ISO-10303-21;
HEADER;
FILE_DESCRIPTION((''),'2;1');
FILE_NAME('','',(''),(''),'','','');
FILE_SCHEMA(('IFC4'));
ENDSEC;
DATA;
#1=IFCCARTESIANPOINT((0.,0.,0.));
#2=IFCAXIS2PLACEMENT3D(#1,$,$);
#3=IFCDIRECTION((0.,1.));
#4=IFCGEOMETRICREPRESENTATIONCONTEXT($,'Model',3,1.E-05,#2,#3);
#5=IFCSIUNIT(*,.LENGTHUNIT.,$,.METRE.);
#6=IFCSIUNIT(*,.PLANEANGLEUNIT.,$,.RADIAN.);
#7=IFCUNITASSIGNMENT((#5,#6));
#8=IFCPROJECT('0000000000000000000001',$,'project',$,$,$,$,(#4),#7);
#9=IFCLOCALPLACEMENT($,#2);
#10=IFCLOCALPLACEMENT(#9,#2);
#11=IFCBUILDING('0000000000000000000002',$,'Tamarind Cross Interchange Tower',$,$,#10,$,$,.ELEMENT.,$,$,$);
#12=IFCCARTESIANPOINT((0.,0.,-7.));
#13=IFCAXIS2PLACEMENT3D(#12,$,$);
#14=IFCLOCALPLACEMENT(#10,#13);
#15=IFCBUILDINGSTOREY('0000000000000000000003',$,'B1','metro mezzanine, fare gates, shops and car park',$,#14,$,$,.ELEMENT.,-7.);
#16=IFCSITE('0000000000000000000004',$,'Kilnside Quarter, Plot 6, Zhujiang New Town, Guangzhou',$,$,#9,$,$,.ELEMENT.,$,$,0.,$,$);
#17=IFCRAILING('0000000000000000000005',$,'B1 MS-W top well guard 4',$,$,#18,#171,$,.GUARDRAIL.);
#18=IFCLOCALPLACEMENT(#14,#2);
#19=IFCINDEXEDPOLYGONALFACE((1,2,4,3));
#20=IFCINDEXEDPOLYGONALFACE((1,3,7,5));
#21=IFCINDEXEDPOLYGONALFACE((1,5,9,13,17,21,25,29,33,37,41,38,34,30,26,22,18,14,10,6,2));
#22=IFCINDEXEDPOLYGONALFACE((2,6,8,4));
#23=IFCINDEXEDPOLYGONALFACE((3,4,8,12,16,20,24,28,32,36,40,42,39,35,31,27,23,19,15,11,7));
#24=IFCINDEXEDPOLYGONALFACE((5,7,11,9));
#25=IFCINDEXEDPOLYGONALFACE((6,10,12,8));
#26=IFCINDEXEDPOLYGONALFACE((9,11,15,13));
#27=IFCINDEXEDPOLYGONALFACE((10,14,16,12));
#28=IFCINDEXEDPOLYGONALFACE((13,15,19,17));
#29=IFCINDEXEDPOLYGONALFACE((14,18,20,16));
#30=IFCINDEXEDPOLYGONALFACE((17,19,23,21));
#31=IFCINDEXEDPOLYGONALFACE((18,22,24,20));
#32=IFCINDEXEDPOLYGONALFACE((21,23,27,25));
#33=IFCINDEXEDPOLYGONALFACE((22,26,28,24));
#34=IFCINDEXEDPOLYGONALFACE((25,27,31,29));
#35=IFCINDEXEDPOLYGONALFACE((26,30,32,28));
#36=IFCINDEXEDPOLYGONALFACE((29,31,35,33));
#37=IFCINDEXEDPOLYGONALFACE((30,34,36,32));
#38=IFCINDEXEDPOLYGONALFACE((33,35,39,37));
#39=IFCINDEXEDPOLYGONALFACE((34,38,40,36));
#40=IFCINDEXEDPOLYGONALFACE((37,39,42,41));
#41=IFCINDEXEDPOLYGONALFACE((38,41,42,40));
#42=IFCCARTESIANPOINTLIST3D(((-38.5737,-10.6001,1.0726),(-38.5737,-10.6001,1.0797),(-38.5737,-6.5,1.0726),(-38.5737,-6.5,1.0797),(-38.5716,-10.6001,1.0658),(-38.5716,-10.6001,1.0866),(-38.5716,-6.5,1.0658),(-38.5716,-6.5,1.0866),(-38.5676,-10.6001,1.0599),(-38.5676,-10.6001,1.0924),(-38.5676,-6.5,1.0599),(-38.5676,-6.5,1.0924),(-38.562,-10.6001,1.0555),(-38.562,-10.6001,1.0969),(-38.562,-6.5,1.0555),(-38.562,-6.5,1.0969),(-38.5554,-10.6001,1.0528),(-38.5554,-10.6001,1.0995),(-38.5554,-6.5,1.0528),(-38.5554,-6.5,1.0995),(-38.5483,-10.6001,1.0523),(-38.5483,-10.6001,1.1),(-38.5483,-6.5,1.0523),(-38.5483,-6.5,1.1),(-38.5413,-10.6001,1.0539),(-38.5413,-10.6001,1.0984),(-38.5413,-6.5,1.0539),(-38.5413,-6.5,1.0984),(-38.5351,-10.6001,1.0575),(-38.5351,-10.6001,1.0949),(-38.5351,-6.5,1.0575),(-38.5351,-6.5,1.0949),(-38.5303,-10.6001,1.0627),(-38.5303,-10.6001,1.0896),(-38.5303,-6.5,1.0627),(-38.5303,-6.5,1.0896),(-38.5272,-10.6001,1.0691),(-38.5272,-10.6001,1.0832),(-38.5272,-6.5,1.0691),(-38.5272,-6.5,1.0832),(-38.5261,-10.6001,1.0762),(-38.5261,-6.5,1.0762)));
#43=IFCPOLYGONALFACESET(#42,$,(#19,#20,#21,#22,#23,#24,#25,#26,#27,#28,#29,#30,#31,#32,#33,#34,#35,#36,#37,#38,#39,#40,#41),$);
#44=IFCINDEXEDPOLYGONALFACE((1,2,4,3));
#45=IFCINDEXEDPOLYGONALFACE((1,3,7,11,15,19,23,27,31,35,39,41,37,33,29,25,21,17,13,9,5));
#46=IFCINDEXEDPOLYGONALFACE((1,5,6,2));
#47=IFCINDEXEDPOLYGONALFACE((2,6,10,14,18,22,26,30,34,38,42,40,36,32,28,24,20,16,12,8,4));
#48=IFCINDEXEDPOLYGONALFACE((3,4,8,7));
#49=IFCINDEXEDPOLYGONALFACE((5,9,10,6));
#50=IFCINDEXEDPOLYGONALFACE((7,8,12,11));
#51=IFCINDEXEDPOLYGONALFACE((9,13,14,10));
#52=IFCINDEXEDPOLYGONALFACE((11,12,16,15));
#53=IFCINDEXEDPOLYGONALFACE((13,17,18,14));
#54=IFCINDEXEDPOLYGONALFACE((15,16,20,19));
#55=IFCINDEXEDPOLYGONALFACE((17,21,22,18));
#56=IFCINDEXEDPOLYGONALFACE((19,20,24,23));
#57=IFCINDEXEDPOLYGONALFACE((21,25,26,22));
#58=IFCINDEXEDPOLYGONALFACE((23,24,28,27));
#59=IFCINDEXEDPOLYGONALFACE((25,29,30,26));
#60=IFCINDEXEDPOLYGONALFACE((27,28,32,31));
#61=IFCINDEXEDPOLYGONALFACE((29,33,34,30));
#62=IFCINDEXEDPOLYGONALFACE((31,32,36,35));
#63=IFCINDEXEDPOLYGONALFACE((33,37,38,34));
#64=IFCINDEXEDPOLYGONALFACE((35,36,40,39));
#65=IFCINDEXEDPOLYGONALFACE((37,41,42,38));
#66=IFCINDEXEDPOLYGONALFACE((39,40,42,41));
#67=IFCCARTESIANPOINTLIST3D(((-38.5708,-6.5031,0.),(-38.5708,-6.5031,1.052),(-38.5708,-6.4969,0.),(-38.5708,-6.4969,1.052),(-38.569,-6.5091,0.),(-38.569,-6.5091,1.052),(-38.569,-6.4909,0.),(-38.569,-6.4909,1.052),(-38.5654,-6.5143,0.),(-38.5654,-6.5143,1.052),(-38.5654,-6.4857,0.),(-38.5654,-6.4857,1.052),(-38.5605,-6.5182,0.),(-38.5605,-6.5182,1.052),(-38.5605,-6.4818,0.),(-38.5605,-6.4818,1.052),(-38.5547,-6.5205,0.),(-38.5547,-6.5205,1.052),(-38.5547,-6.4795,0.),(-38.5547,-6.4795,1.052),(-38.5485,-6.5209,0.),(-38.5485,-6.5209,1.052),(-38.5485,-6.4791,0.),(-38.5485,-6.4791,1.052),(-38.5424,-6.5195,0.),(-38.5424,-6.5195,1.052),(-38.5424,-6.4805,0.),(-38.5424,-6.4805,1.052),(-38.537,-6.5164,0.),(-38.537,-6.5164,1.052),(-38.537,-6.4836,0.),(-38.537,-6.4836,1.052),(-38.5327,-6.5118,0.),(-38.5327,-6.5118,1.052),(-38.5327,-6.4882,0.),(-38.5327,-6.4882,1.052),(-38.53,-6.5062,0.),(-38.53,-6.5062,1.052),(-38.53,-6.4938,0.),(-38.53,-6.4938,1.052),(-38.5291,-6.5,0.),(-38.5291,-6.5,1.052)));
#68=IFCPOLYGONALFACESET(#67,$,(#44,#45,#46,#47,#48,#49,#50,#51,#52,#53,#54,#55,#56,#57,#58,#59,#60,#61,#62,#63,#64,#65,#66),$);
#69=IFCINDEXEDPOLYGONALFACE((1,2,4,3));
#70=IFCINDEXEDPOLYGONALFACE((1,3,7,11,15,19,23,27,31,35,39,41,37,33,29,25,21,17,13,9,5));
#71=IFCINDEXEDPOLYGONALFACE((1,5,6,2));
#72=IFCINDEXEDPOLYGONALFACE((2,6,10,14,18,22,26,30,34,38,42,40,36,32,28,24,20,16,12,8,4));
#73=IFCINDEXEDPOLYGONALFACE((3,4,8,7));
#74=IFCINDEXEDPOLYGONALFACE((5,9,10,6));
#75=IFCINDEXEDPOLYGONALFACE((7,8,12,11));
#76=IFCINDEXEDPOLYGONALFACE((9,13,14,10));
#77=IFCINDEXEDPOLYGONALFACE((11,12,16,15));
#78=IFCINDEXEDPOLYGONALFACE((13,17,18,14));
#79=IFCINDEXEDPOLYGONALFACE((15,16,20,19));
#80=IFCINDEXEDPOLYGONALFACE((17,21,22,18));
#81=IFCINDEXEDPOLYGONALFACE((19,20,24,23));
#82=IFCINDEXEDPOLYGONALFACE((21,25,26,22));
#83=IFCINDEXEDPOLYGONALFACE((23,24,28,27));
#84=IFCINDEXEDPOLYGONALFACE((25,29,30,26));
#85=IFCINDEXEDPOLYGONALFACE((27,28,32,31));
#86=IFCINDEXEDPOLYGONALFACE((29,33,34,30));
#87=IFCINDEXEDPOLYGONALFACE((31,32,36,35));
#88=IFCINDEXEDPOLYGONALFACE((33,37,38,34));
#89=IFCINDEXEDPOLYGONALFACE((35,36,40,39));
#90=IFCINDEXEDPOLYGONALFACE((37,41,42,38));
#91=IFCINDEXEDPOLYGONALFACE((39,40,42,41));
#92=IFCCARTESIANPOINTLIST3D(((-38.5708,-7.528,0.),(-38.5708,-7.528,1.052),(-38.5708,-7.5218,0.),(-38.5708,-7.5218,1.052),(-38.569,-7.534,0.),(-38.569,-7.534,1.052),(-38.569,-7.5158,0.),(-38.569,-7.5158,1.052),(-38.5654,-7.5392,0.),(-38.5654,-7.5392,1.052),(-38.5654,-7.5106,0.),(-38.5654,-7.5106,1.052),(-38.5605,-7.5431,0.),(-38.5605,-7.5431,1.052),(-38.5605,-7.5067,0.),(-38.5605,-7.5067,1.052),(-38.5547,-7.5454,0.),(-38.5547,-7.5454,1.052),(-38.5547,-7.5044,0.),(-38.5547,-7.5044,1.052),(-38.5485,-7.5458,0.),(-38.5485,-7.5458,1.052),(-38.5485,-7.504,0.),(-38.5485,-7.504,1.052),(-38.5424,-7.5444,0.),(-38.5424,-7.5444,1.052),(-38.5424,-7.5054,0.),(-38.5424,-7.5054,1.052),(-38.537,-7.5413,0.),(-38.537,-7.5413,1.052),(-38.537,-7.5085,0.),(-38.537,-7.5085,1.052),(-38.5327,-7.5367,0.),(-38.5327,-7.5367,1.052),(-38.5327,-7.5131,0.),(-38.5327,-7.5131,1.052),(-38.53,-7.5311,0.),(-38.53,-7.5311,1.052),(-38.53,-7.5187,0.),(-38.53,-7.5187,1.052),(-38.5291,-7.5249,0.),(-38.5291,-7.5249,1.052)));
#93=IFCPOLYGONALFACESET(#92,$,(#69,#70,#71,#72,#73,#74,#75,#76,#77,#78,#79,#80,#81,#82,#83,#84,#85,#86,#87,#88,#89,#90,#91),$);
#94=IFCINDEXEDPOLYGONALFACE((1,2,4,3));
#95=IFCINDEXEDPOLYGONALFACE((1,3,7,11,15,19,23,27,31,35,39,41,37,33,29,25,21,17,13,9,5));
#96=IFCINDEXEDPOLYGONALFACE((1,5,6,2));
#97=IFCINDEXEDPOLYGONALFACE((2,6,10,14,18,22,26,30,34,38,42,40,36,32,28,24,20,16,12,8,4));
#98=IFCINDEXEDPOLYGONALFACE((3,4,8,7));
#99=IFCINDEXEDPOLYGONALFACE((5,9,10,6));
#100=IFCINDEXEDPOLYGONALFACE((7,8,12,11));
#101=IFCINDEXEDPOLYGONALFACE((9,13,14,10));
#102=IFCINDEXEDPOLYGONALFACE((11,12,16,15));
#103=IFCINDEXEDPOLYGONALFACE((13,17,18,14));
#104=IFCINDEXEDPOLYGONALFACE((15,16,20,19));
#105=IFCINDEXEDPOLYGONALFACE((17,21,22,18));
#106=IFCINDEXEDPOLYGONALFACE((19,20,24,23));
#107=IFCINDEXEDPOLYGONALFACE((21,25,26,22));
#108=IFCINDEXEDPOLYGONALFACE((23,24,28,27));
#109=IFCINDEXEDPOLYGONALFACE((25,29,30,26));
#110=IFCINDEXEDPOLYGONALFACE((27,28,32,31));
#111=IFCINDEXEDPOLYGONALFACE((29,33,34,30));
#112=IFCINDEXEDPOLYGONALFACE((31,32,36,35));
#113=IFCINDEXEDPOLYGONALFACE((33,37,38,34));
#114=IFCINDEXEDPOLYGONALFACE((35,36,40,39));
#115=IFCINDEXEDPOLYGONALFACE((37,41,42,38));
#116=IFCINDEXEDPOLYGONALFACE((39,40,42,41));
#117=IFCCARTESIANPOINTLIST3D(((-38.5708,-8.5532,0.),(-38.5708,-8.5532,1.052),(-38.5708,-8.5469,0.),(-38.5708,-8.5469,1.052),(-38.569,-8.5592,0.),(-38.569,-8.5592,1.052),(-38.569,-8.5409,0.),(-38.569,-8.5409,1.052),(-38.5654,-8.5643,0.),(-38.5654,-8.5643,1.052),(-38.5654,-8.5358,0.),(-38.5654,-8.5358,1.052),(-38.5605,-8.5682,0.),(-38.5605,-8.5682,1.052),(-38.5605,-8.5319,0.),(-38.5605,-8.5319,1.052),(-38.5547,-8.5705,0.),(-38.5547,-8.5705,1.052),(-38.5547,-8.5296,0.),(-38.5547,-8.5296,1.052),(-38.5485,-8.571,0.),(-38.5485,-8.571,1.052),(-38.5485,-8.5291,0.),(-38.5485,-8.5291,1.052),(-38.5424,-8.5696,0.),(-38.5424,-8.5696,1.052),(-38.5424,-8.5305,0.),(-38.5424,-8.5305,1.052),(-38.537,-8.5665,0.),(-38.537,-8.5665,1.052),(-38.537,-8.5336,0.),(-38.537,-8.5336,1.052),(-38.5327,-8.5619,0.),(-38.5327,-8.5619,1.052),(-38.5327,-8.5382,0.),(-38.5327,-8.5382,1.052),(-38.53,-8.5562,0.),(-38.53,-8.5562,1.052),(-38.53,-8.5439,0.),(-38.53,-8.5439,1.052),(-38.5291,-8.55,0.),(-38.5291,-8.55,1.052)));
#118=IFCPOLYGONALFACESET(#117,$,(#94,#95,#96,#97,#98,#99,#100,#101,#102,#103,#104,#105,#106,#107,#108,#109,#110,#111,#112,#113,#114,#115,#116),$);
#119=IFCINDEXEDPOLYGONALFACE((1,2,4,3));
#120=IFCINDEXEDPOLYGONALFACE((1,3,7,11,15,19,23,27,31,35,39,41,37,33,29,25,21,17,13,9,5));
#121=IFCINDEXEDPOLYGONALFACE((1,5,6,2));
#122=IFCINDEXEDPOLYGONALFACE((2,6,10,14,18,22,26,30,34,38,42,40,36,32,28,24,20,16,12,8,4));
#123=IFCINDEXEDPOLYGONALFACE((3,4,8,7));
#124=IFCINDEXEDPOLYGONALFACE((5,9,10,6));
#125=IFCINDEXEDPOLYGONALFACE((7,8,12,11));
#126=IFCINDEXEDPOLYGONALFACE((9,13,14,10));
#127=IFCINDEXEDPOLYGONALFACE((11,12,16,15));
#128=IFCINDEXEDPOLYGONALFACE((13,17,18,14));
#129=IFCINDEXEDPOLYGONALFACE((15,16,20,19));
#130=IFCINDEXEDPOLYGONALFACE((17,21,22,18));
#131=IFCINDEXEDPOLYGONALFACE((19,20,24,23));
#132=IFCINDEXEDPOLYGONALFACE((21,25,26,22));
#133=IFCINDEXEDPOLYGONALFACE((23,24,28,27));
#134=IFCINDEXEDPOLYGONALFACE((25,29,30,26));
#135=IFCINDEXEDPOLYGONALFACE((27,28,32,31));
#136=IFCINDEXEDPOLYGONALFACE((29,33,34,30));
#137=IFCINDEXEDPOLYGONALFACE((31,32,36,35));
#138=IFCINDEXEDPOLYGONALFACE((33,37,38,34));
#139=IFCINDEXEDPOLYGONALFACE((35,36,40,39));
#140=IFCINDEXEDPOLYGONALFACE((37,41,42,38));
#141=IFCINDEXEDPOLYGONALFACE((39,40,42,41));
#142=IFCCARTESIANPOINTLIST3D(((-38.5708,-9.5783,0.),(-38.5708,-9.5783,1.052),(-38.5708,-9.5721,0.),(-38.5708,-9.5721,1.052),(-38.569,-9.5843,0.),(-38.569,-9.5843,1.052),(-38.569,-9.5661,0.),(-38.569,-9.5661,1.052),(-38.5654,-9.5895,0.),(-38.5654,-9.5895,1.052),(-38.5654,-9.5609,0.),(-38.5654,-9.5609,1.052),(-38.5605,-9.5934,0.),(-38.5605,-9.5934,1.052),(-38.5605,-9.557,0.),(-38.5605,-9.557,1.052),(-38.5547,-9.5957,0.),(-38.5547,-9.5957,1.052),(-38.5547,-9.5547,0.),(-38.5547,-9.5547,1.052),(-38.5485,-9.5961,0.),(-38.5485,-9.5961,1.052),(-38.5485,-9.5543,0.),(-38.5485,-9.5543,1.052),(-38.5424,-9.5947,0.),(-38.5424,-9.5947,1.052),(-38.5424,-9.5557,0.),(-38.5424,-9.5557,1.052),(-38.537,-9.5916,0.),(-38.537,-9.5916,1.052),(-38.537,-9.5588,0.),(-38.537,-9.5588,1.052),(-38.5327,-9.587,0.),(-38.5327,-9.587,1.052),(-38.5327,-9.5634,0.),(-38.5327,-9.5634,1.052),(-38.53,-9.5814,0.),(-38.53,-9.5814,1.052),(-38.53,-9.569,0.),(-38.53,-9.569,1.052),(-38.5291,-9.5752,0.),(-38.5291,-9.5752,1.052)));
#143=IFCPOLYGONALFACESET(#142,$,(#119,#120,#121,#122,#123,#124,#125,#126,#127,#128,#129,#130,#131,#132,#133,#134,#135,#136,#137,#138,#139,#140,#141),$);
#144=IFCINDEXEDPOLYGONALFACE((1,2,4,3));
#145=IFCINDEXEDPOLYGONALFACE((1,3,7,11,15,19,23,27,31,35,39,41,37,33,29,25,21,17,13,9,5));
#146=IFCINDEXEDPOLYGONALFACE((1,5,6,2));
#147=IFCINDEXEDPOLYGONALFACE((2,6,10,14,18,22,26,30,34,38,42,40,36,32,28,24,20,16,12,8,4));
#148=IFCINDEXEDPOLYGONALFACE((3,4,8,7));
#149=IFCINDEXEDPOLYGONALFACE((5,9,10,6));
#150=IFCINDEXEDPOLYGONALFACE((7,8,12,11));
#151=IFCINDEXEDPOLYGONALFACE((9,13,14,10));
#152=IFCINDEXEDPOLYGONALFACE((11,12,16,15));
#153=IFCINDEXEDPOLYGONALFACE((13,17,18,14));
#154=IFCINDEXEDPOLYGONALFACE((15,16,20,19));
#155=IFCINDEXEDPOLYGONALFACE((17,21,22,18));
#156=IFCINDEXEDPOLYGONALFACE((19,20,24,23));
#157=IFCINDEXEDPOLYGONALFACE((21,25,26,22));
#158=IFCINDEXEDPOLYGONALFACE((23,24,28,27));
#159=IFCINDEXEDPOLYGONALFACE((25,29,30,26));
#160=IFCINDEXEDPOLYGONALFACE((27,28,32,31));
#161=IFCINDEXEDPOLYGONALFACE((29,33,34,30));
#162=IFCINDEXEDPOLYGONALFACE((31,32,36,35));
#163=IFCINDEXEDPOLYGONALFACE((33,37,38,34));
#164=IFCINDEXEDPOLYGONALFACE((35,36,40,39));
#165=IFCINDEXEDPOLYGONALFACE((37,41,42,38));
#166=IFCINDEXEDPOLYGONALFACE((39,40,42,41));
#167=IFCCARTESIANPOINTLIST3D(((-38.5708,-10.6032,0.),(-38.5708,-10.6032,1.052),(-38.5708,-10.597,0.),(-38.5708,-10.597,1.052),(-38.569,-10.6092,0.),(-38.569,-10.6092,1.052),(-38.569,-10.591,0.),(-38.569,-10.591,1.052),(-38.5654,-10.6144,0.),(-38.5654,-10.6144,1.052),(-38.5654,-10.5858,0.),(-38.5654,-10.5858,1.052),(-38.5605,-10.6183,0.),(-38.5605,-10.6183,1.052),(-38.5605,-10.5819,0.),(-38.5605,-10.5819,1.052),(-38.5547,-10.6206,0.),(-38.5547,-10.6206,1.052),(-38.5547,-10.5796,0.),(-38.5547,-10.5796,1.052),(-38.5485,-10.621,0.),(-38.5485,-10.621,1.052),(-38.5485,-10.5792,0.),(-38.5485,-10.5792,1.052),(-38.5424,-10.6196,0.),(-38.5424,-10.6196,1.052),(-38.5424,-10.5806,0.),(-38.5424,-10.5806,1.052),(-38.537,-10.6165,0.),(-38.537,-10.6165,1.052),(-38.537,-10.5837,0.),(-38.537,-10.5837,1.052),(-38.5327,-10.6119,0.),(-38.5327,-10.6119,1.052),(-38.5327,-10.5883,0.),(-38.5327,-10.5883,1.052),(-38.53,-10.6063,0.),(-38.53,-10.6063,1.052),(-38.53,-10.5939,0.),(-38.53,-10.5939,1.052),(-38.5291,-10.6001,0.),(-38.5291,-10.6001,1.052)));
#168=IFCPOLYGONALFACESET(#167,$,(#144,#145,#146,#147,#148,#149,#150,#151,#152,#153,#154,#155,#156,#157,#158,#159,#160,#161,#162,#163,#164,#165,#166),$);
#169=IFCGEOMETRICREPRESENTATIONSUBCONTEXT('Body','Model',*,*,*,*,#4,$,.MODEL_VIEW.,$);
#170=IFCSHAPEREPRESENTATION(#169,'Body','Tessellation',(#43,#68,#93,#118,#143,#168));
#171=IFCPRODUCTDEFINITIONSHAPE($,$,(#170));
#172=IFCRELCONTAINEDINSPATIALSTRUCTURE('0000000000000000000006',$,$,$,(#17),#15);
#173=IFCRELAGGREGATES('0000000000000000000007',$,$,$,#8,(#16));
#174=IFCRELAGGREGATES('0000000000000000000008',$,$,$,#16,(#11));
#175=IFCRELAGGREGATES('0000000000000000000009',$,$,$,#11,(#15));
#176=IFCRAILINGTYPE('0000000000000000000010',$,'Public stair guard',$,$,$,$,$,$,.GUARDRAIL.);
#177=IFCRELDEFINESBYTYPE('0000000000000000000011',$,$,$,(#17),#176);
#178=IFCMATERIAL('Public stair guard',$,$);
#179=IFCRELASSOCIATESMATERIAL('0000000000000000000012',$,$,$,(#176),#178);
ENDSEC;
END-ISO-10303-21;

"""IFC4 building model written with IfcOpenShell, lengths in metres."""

from ifc_helpers import new_model, si_unit, direction, frame, origin, origin_2d, place, context, subcontext, project, spatial, circle, extrude, material, type_object, element, save


model = new_model("IFC4")

# Units and contexts
model_context = context("Model", 3, precision=1e-05, world=origin(), true_north=direction((0.0, 1.0)))
body_context = subcontext(model_context, "Body", "Model", "MODEL_VIEW")
ifc_project = project(units=[si_unit("LENGTHUNIT", "METRE"), si_unit("PLANEANGLEUNIT", "RADIAN")], contexts=[model_context])

# Site, building, storey
site_placement = place(None, origin())
site = spatial("IfcSite", under=ifc_project, at=site_placement, Name="Kilnside Quarter, Plot 6, Zhujiang New Town, Guangzhou", CompositionType="ELEMENT", RefElevation=0.0)
building_placement = place(site_placement, origin())
building = spatial("IfcBuilding", under=site, at=building_placement, Name="Tamarind Cross Interchange Tower", CompositionType="ELEMENT")
storey_placement = place(building_placement, frame((0.0, 0.0, -7.0)))
storey = spatial("IfcBuildingStorey", under=building, at=storey_placement, Name="B1", Description="metro mezzanine, fare gates, shops and car park", CompositionType="ELEMENT", Elevation=-7.0)

# Railing
ifc_material_1 = material(Name="Public stair guard")
railing_type = type_object("IfcRailingType", Name="Public stair guard", PredefinedType="GUARDRAIL", material=ifc_material_1)
railing_1_placement = place(storey_placement, frame((-38.55, -6.5, 0.0)))
element("IfcRailing", 1, at=railing_1_placement, inside=storey, type_object=railing_type, Name="B1 MS-W top well guard 4", PredefinedType="GUARDRAIL", context=body_context, shape_type="SweptSolid", body=[
    extrude(circle(Radius=0.0239, at=origin_2d()), frame((0.0, 0.0, 1.0762), z_axis=(0.0, -1.0, 0.0), x_axis=(1.0, 0.0, 0.0)), (0.0, 0.0, 1.0), 4.1001),
    extrude(circle(Radius=0.021, at=origin_2d()), origin(), (0.0, 0.0, 1.0), 1.052),
    extrude(circle(Radius=0.021, at=origin_2d()), frame((0.0, -1.0249, 0.0)), (0.0, 0.0, 1.0), 1.052),
    extrude(circle(Radius=0.021, at=origin_2d()), frame((0.0, -2.05, 0.0)), (0.0, 0.0, 1.0), 1.052),
    extrude(circle(Radius=0.021, at=origin_2d()), frame((0.0, -3.0752, 0.0)), (0.0, 0.0, 1.0), 1.052),
    extrude(circle(Radius=0.021, at=origin_2d()), frame((0.0, -4.1001, 0.0)), (0.0, 0.0, 1.0), 1.052),
])

save(model, "model.ifc")
